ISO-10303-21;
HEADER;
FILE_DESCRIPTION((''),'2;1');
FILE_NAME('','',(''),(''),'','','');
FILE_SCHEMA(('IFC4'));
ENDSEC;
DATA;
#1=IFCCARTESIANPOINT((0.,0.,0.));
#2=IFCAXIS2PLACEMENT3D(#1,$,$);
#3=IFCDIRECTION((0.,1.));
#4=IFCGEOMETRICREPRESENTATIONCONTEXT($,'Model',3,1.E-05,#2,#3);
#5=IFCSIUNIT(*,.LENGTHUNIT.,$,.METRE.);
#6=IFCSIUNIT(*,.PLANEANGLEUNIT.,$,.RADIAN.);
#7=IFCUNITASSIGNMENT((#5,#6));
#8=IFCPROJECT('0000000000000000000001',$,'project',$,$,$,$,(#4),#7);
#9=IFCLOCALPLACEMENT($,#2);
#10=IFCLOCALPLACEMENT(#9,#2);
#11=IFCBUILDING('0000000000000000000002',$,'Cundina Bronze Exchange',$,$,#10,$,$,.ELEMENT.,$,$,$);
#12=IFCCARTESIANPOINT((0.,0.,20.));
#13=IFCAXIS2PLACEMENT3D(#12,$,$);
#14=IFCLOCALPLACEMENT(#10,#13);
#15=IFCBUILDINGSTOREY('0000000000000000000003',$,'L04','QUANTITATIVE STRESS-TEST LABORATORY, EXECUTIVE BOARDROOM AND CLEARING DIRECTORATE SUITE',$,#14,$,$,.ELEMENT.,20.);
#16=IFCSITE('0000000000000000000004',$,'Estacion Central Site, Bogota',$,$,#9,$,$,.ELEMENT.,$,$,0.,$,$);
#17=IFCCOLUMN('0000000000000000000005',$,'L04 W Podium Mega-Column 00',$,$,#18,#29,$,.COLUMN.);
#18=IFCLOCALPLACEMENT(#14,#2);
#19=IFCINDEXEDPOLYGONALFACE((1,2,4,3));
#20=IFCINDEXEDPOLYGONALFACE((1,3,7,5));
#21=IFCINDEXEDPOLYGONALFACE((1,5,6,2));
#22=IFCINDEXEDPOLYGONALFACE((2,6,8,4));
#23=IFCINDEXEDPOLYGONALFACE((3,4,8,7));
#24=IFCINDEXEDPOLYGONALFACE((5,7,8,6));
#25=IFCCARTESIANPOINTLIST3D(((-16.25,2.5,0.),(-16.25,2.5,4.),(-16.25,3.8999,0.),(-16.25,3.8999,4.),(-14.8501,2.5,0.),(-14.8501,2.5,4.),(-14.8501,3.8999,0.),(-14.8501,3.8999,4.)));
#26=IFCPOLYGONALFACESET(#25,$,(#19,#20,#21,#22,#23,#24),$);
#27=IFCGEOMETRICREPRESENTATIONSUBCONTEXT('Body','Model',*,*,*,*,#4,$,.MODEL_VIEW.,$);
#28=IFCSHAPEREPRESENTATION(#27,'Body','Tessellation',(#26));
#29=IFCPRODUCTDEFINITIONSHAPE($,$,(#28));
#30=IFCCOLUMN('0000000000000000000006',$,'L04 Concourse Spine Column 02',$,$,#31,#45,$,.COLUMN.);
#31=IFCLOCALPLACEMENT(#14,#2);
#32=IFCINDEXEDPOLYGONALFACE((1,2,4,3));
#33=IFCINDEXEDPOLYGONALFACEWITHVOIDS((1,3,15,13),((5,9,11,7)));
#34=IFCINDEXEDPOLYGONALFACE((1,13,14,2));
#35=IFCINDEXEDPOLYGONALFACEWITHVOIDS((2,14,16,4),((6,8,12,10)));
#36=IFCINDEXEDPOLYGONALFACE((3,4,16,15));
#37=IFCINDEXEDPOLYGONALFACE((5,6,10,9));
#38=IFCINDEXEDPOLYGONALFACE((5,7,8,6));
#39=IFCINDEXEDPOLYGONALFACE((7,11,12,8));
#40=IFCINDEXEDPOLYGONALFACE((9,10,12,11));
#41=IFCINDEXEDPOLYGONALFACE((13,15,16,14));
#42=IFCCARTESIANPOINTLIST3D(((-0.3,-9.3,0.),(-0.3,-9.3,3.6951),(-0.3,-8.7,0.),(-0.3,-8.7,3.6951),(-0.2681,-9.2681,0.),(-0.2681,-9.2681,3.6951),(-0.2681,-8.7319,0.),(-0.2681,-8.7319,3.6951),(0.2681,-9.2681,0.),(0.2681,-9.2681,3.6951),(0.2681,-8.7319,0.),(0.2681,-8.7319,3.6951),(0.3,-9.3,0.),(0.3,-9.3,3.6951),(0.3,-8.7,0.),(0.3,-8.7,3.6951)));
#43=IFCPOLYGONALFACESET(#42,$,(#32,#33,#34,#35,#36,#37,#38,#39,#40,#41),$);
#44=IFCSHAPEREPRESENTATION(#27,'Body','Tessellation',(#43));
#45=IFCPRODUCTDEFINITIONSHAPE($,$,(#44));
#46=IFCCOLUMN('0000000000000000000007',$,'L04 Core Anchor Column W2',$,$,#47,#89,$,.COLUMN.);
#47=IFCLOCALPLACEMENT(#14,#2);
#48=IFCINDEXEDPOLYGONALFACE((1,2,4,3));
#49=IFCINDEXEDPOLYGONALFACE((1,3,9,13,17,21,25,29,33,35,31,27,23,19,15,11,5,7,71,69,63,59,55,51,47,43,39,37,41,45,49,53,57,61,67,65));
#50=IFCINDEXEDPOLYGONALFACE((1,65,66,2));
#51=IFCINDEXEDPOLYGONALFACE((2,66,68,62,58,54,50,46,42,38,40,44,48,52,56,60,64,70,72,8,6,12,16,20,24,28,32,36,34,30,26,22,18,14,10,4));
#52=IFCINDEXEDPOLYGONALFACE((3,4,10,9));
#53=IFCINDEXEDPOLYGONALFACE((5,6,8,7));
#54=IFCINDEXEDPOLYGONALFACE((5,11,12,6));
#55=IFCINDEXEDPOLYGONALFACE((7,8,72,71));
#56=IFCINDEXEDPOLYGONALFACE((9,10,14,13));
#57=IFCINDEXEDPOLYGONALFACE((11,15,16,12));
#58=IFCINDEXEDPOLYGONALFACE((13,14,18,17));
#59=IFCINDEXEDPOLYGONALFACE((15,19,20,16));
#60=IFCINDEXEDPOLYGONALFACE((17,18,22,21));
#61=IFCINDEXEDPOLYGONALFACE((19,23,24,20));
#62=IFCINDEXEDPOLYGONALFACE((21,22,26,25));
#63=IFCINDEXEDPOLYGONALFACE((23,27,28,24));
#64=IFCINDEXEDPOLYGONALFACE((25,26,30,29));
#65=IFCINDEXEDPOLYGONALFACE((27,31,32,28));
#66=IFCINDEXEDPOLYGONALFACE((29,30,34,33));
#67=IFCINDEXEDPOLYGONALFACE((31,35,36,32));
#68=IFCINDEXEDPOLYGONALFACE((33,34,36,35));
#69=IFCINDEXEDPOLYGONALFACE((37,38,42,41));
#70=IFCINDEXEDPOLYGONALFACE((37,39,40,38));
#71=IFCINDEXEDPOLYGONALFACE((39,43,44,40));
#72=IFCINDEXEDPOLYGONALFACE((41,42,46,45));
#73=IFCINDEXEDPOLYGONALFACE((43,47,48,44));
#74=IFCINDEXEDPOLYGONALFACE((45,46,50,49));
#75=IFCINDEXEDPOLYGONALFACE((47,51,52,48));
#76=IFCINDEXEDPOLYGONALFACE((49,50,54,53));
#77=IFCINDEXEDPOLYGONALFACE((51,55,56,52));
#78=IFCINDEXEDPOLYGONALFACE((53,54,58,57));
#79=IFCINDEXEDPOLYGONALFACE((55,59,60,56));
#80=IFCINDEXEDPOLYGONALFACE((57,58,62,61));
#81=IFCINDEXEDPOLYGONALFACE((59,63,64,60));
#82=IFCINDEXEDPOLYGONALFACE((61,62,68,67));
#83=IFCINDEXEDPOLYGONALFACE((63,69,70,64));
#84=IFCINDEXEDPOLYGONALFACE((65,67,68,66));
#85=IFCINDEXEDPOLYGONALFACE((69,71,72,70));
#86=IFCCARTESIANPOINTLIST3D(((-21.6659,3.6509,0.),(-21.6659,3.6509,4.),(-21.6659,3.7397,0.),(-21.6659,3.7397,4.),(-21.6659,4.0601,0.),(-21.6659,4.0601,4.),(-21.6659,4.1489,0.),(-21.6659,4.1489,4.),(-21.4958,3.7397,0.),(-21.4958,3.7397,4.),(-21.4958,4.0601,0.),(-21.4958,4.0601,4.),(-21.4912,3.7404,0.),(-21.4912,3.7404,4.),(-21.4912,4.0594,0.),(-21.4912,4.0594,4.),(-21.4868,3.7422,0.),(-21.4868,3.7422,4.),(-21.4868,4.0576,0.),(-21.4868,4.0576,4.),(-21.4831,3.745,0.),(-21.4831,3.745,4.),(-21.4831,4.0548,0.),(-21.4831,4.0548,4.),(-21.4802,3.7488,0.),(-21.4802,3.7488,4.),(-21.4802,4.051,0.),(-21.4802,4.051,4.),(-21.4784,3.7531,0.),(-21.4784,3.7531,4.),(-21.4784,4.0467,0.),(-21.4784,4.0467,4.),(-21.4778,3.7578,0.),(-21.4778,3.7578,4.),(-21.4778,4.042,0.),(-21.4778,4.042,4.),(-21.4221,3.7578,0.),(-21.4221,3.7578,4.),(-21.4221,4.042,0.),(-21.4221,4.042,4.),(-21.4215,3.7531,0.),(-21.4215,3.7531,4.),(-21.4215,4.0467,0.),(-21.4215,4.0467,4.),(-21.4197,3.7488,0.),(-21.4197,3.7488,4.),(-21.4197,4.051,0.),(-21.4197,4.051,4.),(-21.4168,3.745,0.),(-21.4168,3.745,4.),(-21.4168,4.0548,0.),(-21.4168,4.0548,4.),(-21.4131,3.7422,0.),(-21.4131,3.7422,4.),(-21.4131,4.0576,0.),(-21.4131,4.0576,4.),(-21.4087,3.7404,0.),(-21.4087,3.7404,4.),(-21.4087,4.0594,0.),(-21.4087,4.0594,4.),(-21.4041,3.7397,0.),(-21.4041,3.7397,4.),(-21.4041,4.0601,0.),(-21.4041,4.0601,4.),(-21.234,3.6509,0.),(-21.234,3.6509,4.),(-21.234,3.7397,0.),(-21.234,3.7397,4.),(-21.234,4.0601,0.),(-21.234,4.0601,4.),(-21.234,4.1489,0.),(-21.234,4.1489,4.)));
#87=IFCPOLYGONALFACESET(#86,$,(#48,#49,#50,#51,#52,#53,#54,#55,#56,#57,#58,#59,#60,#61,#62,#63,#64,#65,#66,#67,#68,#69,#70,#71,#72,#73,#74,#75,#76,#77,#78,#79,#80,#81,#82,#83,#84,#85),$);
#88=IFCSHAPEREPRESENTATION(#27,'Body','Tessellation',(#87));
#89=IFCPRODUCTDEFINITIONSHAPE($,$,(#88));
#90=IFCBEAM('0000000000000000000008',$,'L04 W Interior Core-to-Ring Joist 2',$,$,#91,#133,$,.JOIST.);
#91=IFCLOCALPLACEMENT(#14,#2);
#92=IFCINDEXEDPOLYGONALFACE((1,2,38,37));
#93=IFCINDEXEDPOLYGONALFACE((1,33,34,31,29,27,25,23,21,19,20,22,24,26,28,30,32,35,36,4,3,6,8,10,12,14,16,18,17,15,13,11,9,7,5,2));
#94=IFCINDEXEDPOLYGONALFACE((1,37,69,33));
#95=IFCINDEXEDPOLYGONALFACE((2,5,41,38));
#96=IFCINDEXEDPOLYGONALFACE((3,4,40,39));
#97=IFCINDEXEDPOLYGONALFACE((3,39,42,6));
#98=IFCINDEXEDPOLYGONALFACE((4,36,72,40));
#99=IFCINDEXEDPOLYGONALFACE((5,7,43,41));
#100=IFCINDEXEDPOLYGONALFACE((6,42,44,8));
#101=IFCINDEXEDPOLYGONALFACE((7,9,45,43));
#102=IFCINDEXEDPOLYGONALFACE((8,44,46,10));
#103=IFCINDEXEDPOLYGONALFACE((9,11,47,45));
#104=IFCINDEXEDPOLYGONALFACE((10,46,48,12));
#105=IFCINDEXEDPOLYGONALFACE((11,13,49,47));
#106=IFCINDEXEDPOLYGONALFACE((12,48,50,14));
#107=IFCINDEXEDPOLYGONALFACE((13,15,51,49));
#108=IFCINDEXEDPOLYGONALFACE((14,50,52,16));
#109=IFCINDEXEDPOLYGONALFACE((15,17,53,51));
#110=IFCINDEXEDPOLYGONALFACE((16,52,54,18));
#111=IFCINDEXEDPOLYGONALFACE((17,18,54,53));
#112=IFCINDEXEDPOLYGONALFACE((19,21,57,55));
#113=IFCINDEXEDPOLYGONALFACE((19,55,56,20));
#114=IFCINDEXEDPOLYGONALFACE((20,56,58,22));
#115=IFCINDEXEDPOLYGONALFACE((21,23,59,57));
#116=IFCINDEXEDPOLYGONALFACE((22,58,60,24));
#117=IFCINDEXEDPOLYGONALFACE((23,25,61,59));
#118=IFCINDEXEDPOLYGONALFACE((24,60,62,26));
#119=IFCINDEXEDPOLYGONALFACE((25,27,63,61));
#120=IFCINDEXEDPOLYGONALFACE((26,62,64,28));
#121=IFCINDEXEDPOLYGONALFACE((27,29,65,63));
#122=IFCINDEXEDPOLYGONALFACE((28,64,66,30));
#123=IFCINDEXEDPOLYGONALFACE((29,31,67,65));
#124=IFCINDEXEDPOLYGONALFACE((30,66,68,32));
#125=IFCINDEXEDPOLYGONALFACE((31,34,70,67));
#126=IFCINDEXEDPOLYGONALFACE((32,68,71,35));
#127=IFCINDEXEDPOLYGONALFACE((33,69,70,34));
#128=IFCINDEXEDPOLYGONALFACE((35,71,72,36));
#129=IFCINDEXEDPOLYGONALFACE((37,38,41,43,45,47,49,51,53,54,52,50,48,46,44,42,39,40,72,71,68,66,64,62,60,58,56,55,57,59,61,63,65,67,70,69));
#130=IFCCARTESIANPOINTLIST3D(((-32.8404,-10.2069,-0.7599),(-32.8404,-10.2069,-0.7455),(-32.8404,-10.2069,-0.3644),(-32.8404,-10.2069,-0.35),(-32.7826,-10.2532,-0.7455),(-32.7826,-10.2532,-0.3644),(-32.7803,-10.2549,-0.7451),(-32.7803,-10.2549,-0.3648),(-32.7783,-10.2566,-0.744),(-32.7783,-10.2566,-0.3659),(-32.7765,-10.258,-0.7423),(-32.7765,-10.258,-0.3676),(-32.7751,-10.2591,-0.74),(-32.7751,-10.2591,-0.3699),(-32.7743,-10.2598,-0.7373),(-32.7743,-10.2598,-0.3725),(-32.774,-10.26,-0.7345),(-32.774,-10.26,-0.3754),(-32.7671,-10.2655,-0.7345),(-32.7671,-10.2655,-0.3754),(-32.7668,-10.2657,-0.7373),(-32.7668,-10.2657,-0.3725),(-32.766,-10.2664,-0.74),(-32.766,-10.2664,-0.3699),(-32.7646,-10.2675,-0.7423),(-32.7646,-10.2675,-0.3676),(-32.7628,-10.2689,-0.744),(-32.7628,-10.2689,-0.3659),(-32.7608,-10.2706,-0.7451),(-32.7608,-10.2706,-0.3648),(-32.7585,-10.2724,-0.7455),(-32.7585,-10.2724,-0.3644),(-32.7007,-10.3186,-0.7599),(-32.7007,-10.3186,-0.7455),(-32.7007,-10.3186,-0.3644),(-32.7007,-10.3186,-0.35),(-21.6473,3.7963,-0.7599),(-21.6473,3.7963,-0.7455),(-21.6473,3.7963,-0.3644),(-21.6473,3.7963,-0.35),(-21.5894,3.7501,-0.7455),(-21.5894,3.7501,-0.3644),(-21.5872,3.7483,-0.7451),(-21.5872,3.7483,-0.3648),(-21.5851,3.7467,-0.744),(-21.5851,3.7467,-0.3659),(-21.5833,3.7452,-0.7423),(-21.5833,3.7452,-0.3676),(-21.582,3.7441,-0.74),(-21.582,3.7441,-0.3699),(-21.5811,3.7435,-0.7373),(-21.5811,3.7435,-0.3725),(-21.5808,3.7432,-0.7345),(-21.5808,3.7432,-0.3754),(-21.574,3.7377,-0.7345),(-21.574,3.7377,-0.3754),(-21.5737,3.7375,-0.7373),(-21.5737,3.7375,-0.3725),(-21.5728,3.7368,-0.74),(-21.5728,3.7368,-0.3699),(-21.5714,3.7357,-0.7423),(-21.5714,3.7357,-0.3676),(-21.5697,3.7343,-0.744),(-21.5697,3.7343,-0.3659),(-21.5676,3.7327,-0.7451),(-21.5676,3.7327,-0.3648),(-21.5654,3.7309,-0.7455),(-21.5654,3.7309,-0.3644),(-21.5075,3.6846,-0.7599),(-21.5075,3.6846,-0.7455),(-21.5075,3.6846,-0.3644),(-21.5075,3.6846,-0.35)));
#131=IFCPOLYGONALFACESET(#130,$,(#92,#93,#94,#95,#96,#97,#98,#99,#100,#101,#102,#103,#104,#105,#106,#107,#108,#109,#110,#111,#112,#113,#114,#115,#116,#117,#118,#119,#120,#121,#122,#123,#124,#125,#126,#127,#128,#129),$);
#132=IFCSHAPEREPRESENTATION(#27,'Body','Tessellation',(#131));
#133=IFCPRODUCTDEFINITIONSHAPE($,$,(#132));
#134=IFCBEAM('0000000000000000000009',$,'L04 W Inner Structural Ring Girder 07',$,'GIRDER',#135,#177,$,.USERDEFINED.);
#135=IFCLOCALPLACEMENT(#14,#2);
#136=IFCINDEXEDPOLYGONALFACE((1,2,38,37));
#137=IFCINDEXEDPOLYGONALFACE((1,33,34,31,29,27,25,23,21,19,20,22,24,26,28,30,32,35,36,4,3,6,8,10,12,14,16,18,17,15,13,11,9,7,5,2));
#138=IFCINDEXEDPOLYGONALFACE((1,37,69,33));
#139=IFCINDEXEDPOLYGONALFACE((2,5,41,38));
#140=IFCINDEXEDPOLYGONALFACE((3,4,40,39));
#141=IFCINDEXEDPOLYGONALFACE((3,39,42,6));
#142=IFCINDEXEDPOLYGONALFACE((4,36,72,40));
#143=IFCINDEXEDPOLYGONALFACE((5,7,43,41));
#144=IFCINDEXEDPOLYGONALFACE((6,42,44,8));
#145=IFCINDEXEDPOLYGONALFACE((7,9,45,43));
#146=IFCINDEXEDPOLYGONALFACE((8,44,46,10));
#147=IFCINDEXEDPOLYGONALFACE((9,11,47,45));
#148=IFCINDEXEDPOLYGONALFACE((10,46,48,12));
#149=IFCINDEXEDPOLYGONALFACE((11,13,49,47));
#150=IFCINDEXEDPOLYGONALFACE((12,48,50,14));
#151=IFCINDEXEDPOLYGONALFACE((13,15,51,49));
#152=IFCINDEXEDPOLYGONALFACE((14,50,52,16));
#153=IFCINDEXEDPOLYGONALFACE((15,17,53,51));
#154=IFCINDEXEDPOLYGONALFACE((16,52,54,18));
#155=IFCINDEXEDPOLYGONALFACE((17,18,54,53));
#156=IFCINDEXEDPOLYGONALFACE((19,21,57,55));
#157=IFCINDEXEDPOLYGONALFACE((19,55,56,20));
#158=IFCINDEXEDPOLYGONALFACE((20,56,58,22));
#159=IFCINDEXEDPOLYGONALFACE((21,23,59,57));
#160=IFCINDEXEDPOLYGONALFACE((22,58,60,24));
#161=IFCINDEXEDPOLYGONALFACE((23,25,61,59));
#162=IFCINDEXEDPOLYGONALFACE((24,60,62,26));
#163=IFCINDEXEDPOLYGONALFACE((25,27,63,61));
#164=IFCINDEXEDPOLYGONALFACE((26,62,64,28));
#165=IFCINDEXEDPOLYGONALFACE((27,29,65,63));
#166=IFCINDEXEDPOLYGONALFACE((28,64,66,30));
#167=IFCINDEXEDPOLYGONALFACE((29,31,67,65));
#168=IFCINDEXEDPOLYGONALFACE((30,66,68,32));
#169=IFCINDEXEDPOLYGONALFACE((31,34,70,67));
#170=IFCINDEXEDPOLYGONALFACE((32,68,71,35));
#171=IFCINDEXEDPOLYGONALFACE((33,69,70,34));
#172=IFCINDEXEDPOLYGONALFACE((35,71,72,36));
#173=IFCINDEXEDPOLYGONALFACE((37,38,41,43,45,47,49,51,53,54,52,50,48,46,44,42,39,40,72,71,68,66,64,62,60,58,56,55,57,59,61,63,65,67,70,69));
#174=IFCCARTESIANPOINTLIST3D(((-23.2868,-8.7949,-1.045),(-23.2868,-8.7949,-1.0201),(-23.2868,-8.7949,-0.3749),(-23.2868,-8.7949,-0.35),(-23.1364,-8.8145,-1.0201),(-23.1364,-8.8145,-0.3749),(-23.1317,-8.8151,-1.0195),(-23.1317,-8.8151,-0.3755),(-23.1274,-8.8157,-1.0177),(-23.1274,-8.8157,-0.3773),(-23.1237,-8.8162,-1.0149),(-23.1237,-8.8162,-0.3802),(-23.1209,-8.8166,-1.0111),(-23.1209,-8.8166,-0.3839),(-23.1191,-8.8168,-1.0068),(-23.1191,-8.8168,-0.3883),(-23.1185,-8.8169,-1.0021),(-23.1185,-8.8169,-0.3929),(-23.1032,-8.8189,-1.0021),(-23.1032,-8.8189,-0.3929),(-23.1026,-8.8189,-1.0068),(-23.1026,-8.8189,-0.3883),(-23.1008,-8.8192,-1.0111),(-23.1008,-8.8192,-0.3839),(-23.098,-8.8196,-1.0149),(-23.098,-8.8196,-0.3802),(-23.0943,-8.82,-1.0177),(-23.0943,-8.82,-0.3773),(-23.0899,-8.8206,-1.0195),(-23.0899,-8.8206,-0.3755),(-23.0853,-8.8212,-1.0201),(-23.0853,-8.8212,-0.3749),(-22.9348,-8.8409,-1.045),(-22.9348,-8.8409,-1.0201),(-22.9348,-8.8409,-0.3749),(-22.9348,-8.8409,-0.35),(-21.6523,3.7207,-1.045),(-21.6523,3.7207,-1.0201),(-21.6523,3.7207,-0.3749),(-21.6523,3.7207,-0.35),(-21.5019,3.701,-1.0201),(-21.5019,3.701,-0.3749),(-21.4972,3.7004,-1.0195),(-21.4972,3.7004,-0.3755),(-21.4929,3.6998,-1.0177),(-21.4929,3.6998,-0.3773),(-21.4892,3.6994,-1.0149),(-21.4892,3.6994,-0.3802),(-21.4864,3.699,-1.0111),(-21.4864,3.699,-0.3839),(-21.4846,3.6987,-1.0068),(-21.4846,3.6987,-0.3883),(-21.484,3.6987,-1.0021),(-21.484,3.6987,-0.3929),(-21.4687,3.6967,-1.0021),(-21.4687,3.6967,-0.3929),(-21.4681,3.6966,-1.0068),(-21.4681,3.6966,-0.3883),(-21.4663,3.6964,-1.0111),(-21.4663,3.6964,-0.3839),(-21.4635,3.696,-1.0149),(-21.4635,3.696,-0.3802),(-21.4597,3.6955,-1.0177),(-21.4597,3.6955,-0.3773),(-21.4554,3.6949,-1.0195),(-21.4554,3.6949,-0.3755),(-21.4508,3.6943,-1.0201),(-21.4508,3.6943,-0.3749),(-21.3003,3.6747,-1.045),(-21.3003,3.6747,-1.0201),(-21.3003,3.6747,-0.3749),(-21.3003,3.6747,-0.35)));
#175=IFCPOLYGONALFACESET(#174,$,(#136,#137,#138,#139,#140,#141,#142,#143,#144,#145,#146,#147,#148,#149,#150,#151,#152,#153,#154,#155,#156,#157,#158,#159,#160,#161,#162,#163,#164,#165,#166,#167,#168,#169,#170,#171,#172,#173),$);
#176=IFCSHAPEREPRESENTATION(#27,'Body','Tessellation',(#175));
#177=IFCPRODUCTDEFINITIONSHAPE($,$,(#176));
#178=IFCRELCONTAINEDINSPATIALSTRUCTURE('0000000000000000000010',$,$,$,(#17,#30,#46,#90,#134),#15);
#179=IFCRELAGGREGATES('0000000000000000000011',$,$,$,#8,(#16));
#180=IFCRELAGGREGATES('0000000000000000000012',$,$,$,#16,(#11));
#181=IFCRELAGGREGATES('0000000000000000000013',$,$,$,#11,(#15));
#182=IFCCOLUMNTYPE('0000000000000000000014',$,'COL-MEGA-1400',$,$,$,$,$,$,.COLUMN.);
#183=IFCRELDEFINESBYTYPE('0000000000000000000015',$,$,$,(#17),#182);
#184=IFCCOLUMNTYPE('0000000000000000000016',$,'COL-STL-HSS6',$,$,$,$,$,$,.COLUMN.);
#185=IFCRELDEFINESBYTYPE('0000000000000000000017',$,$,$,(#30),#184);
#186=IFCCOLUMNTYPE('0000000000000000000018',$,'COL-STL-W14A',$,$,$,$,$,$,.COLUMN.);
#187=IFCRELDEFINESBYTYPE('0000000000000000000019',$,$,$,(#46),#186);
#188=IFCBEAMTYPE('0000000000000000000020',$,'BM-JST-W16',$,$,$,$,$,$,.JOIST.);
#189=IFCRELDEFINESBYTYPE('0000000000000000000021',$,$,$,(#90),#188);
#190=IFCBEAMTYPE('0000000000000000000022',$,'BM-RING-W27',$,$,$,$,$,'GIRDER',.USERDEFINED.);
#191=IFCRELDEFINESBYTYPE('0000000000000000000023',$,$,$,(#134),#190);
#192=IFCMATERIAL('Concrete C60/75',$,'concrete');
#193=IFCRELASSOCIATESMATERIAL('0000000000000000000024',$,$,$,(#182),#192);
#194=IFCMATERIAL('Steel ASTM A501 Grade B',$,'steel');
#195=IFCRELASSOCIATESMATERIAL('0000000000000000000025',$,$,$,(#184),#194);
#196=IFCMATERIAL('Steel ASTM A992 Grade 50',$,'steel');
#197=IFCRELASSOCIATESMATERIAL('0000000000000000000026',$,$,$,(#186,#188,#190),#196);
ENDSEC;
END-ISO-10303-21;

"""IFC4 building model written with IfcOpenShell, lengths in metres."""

from ifc_helpers import new_model, si_unit, direction, frame, origin, origin_2d, place, context, subcontext, project, spatial, rectangle, hollow_rectangle, i_section, extrude, material, material_profile, profile_set, type_object, element, save


model = new_model("IFC4")

# Units and contexts
model_context = context("Model", 3, precision=1e-05, world=origin(), true_north=direction((0.0, 1.0)))
body_context = subcontext(model_context, "Body", "Model", "MODEL_VIEW")
ifc_project = project(units=[si_unit("LENGTHUNIT", "METRE"), si_unit("PLANEANGLEUNIT", "RADIAN")], contexts=[model_context])

# Site, building, storey
site_placement = place(None, origin())
site = spatial("IfcSite", under=ifc_project, at=site_placement, Name="Estacion Central Site, Bogota", CompositionType="ELEMENT", RefElevation=0.0)
building_placement = place(site_placement, origin())
building = spatial("IfcBuilding", under=site, at=building_placement, Name="Cundina Bronze Exchange", CompositionType="ELEMENT")
storey_placement = place(building_placement, frame((0.0, 0.0, 20.0)))
storey = spatial("IfcBuildingStorey", under=building, at=storey_placement, Name="L04", Description="QUANTITATIVE STRESS-TEST LABORATORY, EXECUTIVE BOARDROOM AND CLEARING DIRECTORATE SUITE", CompositionType="ELEMENT", Elevation=20.0)

# Columns
ifc_material_1 = material(Name="Concrete C60/75", Category="concrete")
ifc_material_profile_1 = material_profile(ifc_material_1, rectangle(XDim=1.3999, YDim=1.3999, at=origin_2d()), Name="RC1400X1400", Category="concrete")
ifc_profile_set_1 = profile_set([ifc_material_profile_1], Name="Concrete C60/75")
column_type_1 = type_object("IfcColumnType", Name="COL-MEGA-1400", PredefinedType="COLUMN", material=ifc_profile_set_1)
column_1_placement = place(storey_placement, frame((-15.55, 3.2, 0.0), z_axis=(0.0, 0.0, 1.0), x_axis=(1.0, 0.0, 0.0)))
element("IfcColumn", 1, at=column_1_placement, inside=storey, type_object=column_type_1, Name="L04 W Podium Mega-Column 00", PredefinedType="COLUMN", context=body_context, shape_type="SweptSolid", body=[
    extrude(rectangle(XDim=1.3999, YDim=1.3999, at=origin_2d()), origin(), (0.0, 0.0, 1.0), 4.0),
])
ifc_material_2 = material(Name="Steel ASTM A501 Grade B", Category="steel")
ifc_material_profile_2 = material_profile(ifc_material_2, hollow_rectangle(XDim=0.6001, YDim=0.6001, WallThickness=0.032, at=origin_2d()), Name="HSS600X600X32", Category="steel")
ifc_profile_set_2 = profile_set([ifc_material_profile_2], Name="Steel ASTM A501 Grade B")
column_type_2 = type_object("IfcColumnType", Name="COL-STL-HSS6", PredefinedType="COLUMN", material=ifc_profile_set_2)
column_2_placement = place(storey_placement, frame((0.0, -9.0, 0.0), z_axis=(0.0, 0.0, 1.0), x_axis=(1.0, 0.0, 0.0)))
element("IfcColumn", 2, at=column_2_placement, inside=storey, type_object=column_type_2, Name="L04 Concourse Spine Column 02", PredefinedType="COLUMN", context=body_context, shape_type="SweptSolid", body=[
    extrude(hollow_rectangle(XDim=0.6001, YDim=0.6001, WallThickness=0.032, at=origin_2d()), origin(), (0.0, 0.0, 1.0), 3.6951),
])
ifc_material_3 = material(Name="Steel ASTM A992 Grade 50", Category="steel")
ifc_material_profile_3 = material_profile(ifc_material_3, i_section(OverallWidth=0.4319, OverallDepth=0.498, WebThickness=0.0557, FlangeThickness=0.0889, FilletRadius=0.0181, at=origin_2d()), Name="W14X500", Category="steel")
ifc_profile_set_3 = profile_set([ifc_material_profile_3], Name="Steel ASTM A992 Grade 50")
column_type_3 = type_object("IfcColumnType", Name="COL-STL-W14A", PredefinedType="COLUMN", material=ifc_profile_set_3)
column_3_placement = place(storey_placement, frame((-21.45, 3.8999, 0.0), z_axis=(0.0, 0.0, 1.0), x_axis=(1.0, 0.0, 0.0)))
element("IfcColumn", 3, at=column_3_placement, inside=storey, type_object=column_type_3, Name="L04 Core Anchor Column W2", PredefinedType="COLUMN", context=body_context, shape_type="SweptSolid", body=[
    extrude(i_section(OverallWidth=0.4319, OverallDepth=0.498, WebThickness=0.0557, FlangeThickness=0.0889, FilletRadius=0.0181, at=origin_2d()), origin(), (0.0, 0.0, 1.0), 4.0),
])

# Beams
ifc_material_profile_4 = material_profile(ifc_material_3, i_section(OverallWidth=0.179, OverallDepth=0.4099, WebThickness=0.0088, FlangeThickness=0.0144, FilletRadius=0.011, at=origin_2d()), Name="W16X45", Category="steel")
ifc_profile_set_4 = profile_set([ifc_material_profile_4], Name="Steel ASTM A992 Grade 50")
beam_type_1 = type_object("IfcBeamType", Name="BM-JST-W16", PredefinedType="JOIST", material=ifc_profile_set_4)
beam_1_placement = place(storey_placement, frame((-21.5774, 3.7405, -0.5549), z_axis=(-0.624374, -0.781125, 0.0), x_axis=(0.781125, -0.624374, 0.0)))
element("IfcBeam", 4, at=beam_1_placement, inside=storey, type_object=beam_type_1, Name="L04 W Interior Core-to-Ring Joist 2", PredefinedType="JOIST", context=body_context, shape_type="SweptSolid", body=[
    extrude(i_section(OverallWidth=0.179, OverallDepth=0.4099, WebThickness=0.0088, FlangeThickness=0.0144, FilletRadius=0.011, at=origin_2d()), origin(), (0.0, 0.0, 1.0), 17.927),
])
ifc_material_profile_5 = material_profile(ifc_material_3, i_section(OverallWidth=0.355, OverallDepth=0.6951, WebThickness=0.0154, FlangeThickness=0.0249, FilletRadius=0.0181, at=origin_2d()), Name="W27X146", Category="steel")
ifc_profile_set_5 = profile_set([ifc_material_profile_5], Name="Steel ASTM A992 Grade 50")
beam_type_2 = type_object("IfcBeamType", Name="BM-RING-W27", ElementType="GIRDER", PredefinedType="USERDEFINED", material=ifc_profile_set_5)
beam_2_placement = place(storey_placement, frame((-23.1108, -8.8179, -0.6975), z_axis=(0.129499, 0.99158, 0.0), x_axis=(-0.99158, 0.129499, 0.0)))
element("IfcBeam", 5, at=beam_2_placement, inside=storey, type_object=beam_type_2, Name="L04 W Inner Structural Ring Girder 07", ObjectType="GIRDER", PredefinedType="USERDEFINED", context=body_context, shape_type="SweptSolid", body=[
    extrude(i_section(OverallWidth=0.355, OverallDepth=0.6951, WebThickness=0.0154, FlangeThickness=0.0249, FilletRadius=0.0181, at=origin_2d()), origin(), (0.0, 0.0, 1.0), 12.6218),
])

save(model, "model.ifc")
